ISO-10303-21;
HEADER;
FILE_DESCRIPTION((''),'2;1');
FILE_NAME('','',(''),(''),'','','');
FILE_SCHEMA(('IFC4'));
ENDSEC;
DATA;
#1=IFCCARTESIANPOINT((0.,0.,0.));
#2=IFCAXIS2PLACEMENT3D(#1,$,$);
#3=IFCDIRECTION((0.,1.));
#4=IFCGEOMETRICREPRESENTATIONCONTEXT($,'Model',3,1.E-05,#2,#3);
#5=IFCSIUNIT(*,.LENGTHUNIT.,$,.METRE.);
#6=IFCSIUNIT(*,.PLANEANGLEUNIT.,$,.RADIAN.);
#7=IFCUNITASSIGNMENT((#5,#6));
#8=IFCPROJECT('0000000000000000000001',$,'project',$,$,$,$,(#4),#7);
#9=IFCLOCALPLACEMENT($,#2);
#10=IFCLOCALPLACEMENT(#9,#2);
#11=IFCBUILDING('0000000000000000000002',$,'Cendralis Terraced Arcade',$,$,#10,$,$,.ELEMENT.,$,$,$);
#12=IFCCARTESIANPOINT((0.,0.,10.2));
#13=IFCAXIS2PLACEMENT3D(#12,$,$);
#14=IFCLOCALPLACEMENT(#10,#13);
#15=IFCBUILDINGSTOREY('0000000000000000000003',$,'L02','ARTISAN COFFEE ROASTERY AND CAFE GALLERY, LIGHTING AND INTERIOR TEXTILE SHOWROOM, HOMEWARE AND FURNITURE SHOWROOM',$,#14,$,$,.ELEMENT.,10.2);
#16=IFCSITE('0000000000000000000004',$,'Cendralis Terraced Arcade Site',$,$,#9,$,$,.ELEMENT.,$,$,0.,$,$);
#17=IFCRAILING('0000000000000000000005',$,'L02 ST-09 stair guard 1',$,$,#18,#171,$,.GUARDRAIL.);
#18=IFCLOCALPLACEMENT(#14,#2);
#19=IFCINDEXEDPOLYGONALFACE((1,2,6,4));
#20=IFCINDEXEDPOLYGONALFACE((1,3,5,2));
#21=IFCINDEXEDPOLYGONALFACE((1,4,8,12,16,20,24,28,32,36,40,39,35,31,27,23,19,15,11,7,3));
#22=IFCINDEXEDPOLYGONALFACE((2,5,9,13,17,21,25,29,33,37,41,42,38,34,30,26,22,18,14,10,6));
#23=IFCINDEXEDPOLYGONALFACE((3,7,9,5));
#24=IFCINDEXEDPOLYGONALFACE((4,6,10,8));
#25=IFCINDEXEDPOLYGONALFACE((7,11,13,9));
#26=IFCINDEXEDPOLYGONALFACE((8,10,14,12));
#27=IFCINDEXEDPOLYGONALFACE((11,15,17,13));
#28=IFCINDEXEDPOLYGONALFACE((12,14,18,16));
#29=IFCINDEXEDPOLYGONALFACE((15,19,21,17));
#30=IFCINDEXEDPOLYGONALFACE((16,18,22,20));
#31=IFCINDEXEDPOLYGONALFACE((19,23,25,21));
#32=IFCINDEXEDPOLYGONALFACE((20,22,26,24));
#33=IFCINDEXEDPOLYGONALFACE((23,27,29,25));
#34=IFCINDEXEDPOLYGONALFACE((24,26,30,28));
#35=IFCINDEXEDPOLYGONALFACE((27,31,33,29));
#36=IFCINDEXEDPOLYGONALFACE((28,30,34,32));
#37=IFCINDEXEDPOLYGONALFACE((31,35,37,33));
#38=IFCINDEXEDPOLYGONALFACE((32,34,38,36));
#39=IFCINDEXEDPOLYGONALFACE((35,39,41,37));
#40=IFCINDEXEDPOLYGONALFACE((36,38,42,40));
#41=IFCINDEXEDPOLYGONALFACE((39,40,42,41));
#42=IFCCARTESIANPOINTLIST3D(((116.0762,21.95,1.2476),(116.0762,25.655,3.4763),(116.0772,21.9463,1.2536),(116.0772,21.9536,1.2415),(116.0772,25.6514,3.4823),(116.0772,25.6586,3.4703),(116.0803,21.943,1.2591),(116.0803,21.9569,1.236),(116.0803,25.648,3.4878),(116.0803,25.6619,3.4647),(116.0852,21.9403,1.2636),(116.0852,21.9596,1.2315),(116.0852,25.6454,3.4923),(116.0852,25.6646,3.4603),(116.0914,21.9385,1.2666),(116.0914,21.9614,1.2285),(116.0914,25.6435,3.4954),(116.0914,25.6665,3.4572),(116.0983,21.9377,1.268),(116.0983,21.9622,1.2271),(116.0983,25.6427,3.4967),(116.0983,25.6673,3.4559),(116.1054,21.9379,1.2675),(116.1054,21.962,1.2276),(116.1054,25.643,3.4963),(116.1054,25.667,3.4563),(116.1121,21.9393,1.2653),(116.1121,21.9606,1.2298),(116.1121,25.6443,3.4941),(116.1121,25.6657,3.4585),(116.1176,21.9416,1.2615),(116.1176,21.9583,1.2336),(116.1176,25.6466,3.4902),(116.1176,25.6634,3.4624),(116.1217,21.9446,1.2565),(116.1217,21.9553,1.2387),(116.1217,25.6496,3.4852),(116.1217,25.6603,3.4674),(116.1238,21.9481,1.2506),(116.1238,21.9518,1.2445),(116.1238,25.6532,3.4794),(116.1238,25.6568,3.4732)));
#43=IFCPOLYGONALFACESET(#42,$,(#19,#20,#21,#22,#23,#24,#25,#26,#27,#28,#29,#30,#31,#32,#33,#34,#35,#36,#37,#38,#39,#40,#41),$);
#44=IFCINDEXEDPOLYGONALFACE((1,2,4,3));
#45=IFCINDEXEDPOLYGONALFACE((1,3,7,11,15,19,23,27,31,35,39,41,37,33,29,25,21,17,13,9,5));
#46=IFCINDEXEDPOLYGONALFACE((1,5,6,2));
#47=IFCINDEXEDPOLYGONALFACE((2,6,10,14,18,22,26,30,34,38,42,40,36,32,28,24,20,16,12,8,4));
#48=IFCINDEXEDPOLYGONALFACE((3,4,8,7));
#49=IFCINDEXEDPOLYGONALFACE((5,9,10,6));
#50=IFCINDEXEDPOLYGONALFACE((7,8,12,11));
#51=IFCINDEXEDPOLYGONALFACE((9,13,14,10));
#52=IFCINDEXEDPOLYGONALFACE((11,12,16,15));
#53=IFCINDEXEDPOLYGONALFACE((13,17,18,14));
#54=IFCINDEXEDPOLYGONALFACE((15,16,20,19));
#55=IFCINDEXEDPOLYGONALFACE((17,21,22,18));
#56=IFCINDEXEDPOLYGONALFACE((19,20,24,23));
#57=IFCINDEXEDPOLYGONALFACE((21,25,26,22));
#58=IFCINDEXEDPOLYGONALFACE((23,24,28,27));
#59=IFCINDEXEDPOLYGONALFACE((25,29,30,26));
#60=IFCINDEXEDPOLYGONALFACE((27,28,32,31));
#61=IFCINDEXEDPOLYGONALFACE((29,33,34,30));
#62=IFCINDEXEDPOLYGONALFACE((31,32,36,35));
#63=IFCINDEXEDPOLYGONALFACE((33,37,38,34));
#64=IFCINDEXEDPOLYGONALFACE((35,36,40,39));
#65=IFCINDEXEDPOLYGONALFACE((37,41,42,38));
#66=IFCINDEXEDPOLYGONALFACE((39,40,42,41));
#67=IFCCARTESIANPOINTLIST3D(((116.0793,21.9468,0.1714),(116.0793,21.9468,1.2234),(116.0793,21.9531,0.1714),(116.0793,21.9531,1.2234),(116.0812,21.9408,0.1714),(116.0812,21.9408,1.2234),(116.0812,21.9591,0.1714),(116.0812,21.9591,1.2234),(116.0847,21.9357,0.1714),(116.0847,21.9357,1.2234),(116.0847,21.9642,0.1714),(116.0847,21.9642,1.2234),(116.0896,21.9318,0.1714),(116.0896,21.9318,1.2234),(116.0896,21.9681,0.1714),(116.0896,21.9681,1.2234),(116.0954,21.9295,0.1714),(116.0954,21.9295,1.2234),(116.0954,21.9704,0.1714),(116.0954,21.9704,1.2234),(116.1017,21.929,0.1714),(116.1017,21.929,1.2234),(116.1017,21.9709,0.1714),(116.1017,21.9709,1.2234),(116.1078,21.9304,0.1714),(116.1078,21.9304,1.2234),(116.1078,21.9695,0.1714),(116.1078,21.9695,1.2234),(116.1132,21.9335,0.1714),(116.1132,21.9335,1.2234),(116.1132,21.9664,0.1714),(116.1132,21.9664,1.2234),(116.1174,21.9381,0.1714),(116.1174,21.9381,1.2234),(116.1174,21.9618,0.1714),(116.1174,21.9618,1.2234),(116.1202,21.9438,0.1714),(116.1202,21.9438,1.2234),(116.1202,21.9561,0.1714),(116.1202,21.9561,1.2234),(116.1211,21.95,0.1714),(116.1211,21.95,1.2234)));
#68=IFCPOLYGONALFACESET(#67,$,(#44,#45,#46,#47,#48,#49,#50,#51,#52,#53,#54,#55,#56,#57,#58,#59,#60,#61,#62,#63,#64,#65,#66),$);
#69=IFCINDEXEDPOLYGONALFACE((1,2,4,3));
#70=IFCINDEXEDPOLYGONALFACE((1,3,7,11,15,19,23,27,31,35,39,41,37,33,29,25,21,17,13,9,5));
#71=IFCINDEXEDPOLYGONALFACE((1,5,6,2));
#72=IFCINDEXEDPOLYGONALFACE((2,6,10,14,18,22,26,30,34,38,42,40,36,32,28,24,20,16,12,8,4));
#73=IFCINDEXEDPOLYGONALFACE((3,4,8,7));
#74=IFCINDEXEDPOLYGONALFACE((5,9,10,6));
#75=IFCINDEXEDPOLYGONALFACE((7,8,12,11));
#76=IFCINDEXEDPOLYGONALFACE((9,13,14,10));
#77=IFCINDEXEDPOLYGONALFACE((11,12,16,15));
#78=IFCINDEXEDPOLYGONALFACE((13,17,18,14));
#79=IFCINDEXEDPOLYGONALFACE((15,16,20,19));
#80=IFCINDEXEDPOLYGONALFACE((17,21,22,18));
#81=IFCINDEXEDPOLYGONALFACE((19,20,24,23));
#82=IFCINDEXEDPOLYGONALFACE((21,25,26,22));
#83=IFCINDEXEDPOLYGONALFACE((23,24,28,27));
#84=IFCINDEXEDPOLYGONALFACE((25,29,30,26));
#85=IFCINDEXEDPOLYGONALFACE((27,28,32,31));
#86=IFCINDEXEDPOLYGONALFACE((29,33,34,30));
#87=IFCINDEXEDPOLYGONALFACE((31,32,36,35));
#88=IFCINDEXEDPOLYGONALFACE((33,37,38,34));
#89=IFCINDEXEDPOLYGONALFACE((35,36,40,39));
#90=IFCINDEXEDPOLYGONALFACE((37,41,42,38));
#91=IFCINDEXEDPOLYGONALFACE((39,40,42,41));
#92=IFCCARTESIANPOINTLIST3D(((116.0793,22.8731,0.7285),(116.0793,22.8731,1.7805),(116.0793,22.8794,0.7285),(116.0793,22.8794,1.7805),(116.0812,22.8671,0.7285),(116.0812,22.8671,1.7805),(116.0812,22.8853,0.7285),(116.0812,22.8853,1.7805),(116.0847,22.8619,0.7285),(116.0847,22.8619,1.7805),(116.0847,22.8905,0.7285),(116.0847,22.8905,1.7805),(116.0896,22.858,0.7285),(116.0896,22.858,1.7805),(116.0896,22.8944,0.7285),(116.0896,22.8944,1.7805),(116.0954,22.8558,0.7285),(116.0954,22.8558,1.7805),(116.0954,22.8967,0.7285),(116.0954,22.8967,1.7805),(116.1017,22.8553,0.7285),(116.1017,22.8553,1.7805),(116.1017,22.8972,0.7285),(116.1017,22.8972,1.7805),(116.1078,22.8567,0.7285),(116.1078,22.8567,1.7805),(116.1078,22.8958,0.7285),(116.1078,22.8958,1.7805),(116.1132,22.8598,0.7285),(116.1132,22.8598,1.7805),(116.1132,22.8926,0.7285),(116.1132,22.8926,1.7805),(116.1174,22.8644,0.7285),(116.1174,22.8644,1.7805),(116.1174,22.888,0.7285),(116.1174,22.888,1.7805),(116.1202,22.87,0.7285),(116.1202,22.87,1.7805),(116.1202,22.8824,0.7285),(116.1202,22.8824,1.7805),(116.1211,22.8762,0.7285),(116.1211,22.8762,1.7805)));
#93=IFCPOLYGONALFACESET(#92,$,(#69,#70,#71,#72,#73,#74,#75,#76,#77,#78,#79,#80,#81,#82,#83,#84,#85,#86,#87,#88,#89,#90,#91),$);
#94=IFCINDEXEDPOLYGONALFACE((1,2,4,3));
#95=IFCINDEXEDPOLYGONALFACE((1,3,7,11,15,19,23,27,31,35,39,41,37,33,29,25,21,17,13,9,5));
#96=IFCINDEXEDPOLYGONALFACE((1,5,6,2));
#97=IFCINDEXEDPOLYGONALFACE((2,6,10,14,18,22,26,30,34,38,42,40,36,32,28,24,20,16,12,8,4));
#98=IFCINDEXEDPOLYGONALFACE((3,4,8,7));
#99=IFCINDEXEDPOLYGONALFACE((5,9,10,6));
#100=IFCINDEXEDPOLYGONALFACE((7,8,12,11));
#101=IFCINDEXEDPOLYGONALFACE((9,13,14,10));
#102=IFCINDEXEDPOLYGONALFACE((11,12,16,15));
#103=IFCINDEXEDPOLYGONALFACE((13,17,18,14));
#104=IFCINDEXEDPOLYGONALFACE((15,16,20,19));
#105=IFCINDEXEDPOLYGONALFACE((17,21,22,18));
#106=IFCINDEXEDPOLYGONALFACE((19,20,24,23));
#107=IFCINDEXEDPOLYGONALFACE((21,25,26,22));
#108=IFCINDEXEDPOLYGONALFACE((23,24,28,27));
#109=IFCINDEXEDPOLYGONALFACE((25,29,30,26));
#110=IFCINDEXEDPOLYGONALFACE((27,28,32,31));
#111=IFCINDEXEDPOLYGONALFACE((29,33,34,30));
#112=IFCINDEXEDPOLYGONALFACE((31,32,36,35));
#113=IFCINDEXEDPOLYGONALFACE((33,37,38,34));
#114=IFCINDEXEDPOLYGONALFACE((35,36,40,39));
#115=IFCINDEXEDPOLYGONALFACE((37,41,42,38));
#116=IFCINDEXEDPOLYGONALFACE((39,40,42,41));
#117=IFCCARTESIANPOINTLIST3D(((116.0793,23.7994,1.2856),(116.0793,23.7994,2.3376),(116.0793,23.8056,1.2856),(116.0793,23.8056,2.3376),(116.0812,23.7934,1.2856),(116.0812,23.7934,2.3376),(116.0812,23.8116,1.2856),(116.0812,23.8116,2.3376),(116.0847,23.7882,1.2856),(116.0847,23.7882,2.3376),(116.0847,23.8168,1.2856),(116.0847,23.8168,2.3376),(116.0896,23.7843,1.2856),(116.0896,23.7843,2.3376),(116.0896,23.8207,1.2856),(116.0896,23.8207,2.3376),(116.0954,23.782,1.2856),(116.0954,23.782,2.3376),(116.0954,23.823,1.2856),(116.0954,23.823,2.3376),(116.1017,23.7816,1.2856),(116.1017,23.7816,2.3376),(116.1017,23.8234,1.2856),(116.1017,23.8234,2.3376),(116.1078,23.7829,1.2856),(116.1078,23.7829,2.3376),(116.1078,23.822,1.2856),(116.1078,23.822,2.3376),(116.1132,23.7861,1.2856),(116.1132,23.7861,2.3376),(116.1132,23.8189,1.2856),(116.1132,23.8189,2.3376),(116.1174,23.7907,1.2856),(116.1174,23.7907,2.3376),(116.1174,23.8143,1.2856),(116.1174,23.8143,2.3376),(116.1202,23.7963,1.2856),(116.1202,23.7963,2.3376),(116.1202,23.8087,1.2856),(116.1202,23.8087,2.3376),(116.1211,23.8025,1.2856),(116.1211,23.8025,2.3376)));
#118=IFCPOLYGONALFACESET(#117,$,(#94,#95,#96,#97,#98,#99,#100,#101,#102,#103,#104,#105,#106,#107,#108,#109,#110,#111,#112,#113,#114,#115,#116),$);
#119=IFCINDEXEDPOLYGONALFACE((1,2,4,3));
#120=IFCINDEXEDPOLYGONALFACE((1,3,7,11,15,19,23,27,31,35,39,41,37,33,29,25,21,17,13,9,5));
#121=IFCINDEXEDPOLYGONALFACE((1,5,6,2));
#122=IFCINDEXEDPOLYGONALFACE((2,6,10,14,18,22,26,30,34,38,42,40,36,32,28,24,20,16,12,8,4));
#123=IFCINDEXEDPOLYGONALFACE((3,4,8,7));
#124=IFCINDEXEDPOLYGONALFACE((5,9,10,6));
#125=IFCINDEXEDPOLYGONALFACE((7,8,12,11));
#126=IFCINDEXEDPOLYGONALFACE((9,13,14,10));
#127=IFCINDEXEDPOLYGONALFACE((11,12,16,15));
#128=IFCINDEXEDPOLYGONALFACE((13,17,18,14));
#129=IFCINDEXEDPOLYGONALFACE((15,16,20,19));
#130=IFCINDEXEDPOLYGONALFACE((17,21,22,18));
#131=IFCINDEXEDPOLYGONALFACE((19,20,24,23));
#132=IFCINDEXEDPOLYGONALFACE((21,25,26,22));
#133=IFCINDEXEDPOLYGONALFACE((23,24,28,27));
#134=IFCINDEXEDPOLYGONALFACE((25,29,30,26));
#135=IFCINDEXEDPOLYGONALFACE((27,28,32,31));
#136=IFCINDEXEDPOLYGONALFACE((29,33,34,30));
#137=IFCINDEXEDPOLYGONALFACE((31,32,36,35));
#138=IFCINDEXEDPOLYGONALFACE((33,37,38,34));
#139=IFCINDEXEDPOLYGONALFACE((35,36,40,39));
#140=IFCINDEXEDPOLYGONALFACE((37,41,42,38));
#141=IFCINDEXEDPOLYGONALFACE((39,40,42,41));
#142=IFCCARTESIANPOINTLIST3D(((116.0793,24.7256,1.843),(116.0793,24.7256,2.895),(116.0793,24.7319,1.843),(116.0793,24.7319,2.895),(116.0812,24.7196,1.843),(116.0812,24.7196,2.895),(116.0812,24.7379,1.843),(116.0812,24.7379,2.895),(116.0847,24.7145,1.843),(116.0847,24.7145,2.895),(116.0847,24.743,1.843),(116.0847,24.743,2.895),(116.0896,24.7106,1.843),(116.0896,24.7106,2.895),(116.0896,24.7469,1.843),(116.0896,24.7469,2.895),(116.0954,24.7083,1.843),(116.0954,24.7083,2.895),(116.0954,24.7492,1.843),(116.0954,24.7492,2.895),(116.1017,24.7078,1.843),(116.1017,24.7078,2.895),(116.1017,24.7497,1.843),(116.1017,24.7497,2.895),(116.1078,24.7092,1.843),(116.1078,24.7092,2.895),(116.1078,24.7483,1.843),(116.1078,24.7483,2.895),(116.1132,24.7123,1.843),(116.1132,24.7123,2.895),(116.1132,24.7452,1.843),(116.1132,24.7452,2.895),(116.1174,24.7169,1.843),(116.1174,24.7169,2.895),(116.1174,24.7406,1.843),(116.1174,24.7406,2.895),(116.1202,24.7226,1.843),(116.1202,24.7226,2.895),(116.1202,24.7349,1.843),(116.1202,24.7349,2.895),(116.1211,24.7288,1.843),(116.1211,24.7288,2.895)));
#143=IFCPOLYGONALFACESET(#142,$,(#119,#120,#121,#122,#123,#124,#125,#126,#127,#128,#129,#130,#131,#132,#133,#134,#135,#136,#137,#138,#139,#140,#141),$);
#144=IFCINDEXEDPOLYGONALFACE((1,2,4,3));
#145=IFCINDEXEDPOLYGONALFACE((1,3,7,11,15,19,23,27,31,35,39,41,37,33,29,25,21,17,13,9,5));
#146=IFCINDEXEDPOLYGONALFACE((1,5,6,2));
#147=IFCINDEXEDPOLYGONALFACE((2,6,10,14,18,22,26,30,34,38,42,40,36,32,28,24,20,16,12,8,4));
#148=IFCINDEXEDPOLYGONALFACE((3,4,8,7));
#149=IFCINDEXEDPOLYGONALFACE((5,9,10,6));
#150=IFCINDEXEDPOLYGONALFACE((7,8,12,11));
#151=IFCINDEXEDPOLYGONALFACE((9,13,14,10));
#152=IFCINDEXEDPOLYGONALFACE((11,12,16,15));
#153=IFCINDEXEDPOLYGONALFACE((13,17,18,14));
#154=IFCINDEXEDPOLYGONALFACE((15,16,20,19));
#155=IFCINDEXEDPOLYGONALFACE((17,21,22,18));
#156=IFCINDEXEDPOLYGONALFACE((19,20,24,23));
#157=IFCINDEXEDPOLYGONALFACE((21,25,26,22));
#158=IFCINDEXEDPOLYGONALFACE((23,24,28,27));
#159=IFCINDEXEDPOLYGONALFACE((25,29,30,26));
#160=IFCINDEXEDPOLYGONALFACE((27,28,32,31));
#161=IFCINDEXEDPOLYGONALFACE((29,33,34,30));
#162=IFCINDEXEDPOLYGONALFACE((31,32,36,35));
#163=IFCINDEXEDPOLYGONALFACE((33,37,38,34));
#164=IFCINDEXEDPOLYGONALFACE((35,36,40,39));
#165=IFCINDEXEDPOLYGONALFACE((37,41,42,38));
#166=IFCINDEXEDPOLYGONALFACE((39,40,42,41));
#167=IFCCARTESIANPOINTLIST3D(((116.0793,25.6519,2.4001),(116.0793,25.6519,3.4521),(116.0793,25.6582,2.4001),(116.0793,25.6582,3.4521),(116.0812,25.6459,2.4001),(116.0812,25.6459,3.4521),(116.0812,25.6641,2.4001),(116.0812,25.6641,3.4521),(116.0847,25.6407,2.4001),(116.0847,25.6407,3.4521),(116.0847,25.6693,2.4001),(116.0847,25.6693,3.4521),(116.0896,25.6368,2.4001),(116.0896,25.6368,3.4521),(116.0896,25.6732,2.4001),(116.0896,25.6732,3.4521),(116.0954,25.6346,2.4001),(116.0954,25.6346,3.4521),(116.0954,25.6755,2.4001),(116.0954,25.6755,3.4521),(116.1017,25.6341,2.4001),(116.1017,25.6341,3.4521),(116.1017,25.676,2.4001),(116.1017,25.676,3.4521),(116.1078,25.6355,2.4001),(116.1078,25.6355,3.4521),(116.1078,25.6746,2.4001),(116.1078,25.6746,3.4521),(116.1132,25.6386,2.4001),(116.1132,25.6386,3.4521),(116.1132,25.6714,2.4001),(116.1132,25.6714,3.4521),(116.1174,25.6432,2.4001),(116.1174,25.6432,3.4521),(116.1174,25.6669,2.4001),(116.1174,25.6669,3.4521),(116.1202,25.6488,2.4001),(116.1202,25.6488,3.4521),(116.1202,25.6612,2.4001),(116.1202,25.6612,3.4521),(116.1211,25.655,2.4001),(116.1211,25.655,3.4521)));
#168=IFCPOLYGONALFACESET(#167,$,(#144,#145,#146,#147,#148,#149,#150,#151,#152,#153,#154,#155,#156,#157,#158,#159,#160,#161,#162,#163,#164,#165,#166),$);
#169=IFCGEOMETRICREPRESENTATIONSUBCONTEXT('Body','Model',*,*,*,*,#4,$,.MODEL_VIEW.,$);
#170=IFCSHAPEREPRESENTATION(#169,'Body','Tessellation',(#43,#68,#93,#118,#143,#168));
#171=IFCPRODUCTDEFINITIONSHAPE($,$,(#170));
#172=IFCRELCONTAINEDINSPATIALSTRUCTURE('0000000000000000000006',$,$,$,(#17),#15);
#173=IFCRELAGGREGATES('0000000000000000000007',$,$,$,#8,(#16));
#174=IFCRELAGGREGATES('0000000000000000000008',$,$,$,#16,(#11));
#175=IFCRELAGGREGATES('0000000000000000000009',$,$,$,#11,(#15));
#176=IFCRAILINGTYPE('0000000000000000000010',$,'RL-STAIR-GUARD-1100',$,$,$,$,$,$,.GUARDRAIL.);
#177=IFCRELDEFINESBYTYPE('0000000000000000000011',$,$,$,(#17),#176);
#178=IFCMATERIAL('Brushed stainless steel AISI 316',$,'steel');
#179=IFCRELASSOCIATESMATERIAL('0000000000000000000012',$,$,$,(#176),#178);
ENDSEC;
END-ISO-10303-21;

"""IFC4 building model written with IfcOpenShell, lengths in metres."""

from ifc_helpers import new_model, si_unit, direction, frame, origin, origin_2d, place, context, subcontext, project, spatial, circle, extrude, material, type_object, element, save


model = new_model("IFC4")

# Units and contexts
model_context = context("Model", 3, precision=1e-05, world=origin(), true_north=direction((0.0, 1.0)))
body_context = subcontext(model_context, "Body", "Model", "MODEL_VIEW")
ifc_project = project(units=[si_unit("LENGTHUNIT", "METRE"), si_unit("PLANEANGLEUNIT", "RADIAN")], contexts=[model_context])

# Site, building, storey
site_placement = place(None, origin())
site = spatial("IfcSite", under=ifc_project, at=site_placement, Name="Cendralis Terraced Arcade Site", CompositionType="ELEMENT", RefElevation=0.0)
building_placement = place(site_placement, origin())
building = spatial("IfcBuilding", under=site, at=building_placement, Name="Cendralis Terraced Arcade", CompositionType="ELEMENT")
storey_placement = place(building_placement, frame((0.0, 0.0, 10.2)))
storey = spatial("IfcBuildingStorey", under=building, at=storey_placement, Name="L02", Description="ARTISAN COFFEE ROASTERY AND CAFE GALLERY, LIGHTING AND INTERIOR TEXTILE SHOWROOM, HOMEWARE AND FURNITURE SHOWROOM", CompositionType="ELEMENT", Elevation=10.2)

# Railing
ifc_material_1 = material(Name="Brushed stainless steel AISI 316", Category="steel")
railing_type_1 = type_object("IfcRailingType", Name="RL-STAIR-GUARD-1100", PredefinedType="GUARDRAIL", material=ifc_material_1)
railing_1_placement = place(storey_placement, frame((116.1001, 21.95, 0.1714)))
element("IfcRailing", 1, at=railing_1_placement, inside=storey, type_object=railing_type_1, Name="L02 ST-09 stair guard 1", PredefinedType="GUARDRAIL", context=body_context, shape_type="SweptSolid", body=[
    extrude(circle(Radius=0.0239, at=origin_2d()), frame((0.0, 0.0, 1.0762), z_axis=(0.0, 0.856909, 0.515467), x_axis=(-1.0, 0.0, 0.0)), (0.0, 0.0, 1.0), 4.3237),
    extrude(circle(Radius=0.021, at=origin_2d()), origin(), (0.0, 0.0, 1.0), 1.052),
    extrude(circle(Radius=0.021, at=origin_2d()), frame((0.0, 0.9263, 0.5571)), (0.0, 0.0, 1.0), 1.052),
    extrude(circle(Radius=0.021, at=origin_2d()), frame((0.0, 1.8525, 1.1143)), (0.0, 0.0, 1.0), 1.052),
    extrude(circle(Radius=0.021, at=origin_2d()), frame((0.0, 2.7788, 1.6716)), (0.0, 0.0, 1.0), 1.052),
    extrude(circle(Radius=0.021, at=origin_2d()), frame((0.0, 3.7051, 2.2288)), (0.0, 0.0, 1.0), 1.052),
])

save(model, "model.ifc")
